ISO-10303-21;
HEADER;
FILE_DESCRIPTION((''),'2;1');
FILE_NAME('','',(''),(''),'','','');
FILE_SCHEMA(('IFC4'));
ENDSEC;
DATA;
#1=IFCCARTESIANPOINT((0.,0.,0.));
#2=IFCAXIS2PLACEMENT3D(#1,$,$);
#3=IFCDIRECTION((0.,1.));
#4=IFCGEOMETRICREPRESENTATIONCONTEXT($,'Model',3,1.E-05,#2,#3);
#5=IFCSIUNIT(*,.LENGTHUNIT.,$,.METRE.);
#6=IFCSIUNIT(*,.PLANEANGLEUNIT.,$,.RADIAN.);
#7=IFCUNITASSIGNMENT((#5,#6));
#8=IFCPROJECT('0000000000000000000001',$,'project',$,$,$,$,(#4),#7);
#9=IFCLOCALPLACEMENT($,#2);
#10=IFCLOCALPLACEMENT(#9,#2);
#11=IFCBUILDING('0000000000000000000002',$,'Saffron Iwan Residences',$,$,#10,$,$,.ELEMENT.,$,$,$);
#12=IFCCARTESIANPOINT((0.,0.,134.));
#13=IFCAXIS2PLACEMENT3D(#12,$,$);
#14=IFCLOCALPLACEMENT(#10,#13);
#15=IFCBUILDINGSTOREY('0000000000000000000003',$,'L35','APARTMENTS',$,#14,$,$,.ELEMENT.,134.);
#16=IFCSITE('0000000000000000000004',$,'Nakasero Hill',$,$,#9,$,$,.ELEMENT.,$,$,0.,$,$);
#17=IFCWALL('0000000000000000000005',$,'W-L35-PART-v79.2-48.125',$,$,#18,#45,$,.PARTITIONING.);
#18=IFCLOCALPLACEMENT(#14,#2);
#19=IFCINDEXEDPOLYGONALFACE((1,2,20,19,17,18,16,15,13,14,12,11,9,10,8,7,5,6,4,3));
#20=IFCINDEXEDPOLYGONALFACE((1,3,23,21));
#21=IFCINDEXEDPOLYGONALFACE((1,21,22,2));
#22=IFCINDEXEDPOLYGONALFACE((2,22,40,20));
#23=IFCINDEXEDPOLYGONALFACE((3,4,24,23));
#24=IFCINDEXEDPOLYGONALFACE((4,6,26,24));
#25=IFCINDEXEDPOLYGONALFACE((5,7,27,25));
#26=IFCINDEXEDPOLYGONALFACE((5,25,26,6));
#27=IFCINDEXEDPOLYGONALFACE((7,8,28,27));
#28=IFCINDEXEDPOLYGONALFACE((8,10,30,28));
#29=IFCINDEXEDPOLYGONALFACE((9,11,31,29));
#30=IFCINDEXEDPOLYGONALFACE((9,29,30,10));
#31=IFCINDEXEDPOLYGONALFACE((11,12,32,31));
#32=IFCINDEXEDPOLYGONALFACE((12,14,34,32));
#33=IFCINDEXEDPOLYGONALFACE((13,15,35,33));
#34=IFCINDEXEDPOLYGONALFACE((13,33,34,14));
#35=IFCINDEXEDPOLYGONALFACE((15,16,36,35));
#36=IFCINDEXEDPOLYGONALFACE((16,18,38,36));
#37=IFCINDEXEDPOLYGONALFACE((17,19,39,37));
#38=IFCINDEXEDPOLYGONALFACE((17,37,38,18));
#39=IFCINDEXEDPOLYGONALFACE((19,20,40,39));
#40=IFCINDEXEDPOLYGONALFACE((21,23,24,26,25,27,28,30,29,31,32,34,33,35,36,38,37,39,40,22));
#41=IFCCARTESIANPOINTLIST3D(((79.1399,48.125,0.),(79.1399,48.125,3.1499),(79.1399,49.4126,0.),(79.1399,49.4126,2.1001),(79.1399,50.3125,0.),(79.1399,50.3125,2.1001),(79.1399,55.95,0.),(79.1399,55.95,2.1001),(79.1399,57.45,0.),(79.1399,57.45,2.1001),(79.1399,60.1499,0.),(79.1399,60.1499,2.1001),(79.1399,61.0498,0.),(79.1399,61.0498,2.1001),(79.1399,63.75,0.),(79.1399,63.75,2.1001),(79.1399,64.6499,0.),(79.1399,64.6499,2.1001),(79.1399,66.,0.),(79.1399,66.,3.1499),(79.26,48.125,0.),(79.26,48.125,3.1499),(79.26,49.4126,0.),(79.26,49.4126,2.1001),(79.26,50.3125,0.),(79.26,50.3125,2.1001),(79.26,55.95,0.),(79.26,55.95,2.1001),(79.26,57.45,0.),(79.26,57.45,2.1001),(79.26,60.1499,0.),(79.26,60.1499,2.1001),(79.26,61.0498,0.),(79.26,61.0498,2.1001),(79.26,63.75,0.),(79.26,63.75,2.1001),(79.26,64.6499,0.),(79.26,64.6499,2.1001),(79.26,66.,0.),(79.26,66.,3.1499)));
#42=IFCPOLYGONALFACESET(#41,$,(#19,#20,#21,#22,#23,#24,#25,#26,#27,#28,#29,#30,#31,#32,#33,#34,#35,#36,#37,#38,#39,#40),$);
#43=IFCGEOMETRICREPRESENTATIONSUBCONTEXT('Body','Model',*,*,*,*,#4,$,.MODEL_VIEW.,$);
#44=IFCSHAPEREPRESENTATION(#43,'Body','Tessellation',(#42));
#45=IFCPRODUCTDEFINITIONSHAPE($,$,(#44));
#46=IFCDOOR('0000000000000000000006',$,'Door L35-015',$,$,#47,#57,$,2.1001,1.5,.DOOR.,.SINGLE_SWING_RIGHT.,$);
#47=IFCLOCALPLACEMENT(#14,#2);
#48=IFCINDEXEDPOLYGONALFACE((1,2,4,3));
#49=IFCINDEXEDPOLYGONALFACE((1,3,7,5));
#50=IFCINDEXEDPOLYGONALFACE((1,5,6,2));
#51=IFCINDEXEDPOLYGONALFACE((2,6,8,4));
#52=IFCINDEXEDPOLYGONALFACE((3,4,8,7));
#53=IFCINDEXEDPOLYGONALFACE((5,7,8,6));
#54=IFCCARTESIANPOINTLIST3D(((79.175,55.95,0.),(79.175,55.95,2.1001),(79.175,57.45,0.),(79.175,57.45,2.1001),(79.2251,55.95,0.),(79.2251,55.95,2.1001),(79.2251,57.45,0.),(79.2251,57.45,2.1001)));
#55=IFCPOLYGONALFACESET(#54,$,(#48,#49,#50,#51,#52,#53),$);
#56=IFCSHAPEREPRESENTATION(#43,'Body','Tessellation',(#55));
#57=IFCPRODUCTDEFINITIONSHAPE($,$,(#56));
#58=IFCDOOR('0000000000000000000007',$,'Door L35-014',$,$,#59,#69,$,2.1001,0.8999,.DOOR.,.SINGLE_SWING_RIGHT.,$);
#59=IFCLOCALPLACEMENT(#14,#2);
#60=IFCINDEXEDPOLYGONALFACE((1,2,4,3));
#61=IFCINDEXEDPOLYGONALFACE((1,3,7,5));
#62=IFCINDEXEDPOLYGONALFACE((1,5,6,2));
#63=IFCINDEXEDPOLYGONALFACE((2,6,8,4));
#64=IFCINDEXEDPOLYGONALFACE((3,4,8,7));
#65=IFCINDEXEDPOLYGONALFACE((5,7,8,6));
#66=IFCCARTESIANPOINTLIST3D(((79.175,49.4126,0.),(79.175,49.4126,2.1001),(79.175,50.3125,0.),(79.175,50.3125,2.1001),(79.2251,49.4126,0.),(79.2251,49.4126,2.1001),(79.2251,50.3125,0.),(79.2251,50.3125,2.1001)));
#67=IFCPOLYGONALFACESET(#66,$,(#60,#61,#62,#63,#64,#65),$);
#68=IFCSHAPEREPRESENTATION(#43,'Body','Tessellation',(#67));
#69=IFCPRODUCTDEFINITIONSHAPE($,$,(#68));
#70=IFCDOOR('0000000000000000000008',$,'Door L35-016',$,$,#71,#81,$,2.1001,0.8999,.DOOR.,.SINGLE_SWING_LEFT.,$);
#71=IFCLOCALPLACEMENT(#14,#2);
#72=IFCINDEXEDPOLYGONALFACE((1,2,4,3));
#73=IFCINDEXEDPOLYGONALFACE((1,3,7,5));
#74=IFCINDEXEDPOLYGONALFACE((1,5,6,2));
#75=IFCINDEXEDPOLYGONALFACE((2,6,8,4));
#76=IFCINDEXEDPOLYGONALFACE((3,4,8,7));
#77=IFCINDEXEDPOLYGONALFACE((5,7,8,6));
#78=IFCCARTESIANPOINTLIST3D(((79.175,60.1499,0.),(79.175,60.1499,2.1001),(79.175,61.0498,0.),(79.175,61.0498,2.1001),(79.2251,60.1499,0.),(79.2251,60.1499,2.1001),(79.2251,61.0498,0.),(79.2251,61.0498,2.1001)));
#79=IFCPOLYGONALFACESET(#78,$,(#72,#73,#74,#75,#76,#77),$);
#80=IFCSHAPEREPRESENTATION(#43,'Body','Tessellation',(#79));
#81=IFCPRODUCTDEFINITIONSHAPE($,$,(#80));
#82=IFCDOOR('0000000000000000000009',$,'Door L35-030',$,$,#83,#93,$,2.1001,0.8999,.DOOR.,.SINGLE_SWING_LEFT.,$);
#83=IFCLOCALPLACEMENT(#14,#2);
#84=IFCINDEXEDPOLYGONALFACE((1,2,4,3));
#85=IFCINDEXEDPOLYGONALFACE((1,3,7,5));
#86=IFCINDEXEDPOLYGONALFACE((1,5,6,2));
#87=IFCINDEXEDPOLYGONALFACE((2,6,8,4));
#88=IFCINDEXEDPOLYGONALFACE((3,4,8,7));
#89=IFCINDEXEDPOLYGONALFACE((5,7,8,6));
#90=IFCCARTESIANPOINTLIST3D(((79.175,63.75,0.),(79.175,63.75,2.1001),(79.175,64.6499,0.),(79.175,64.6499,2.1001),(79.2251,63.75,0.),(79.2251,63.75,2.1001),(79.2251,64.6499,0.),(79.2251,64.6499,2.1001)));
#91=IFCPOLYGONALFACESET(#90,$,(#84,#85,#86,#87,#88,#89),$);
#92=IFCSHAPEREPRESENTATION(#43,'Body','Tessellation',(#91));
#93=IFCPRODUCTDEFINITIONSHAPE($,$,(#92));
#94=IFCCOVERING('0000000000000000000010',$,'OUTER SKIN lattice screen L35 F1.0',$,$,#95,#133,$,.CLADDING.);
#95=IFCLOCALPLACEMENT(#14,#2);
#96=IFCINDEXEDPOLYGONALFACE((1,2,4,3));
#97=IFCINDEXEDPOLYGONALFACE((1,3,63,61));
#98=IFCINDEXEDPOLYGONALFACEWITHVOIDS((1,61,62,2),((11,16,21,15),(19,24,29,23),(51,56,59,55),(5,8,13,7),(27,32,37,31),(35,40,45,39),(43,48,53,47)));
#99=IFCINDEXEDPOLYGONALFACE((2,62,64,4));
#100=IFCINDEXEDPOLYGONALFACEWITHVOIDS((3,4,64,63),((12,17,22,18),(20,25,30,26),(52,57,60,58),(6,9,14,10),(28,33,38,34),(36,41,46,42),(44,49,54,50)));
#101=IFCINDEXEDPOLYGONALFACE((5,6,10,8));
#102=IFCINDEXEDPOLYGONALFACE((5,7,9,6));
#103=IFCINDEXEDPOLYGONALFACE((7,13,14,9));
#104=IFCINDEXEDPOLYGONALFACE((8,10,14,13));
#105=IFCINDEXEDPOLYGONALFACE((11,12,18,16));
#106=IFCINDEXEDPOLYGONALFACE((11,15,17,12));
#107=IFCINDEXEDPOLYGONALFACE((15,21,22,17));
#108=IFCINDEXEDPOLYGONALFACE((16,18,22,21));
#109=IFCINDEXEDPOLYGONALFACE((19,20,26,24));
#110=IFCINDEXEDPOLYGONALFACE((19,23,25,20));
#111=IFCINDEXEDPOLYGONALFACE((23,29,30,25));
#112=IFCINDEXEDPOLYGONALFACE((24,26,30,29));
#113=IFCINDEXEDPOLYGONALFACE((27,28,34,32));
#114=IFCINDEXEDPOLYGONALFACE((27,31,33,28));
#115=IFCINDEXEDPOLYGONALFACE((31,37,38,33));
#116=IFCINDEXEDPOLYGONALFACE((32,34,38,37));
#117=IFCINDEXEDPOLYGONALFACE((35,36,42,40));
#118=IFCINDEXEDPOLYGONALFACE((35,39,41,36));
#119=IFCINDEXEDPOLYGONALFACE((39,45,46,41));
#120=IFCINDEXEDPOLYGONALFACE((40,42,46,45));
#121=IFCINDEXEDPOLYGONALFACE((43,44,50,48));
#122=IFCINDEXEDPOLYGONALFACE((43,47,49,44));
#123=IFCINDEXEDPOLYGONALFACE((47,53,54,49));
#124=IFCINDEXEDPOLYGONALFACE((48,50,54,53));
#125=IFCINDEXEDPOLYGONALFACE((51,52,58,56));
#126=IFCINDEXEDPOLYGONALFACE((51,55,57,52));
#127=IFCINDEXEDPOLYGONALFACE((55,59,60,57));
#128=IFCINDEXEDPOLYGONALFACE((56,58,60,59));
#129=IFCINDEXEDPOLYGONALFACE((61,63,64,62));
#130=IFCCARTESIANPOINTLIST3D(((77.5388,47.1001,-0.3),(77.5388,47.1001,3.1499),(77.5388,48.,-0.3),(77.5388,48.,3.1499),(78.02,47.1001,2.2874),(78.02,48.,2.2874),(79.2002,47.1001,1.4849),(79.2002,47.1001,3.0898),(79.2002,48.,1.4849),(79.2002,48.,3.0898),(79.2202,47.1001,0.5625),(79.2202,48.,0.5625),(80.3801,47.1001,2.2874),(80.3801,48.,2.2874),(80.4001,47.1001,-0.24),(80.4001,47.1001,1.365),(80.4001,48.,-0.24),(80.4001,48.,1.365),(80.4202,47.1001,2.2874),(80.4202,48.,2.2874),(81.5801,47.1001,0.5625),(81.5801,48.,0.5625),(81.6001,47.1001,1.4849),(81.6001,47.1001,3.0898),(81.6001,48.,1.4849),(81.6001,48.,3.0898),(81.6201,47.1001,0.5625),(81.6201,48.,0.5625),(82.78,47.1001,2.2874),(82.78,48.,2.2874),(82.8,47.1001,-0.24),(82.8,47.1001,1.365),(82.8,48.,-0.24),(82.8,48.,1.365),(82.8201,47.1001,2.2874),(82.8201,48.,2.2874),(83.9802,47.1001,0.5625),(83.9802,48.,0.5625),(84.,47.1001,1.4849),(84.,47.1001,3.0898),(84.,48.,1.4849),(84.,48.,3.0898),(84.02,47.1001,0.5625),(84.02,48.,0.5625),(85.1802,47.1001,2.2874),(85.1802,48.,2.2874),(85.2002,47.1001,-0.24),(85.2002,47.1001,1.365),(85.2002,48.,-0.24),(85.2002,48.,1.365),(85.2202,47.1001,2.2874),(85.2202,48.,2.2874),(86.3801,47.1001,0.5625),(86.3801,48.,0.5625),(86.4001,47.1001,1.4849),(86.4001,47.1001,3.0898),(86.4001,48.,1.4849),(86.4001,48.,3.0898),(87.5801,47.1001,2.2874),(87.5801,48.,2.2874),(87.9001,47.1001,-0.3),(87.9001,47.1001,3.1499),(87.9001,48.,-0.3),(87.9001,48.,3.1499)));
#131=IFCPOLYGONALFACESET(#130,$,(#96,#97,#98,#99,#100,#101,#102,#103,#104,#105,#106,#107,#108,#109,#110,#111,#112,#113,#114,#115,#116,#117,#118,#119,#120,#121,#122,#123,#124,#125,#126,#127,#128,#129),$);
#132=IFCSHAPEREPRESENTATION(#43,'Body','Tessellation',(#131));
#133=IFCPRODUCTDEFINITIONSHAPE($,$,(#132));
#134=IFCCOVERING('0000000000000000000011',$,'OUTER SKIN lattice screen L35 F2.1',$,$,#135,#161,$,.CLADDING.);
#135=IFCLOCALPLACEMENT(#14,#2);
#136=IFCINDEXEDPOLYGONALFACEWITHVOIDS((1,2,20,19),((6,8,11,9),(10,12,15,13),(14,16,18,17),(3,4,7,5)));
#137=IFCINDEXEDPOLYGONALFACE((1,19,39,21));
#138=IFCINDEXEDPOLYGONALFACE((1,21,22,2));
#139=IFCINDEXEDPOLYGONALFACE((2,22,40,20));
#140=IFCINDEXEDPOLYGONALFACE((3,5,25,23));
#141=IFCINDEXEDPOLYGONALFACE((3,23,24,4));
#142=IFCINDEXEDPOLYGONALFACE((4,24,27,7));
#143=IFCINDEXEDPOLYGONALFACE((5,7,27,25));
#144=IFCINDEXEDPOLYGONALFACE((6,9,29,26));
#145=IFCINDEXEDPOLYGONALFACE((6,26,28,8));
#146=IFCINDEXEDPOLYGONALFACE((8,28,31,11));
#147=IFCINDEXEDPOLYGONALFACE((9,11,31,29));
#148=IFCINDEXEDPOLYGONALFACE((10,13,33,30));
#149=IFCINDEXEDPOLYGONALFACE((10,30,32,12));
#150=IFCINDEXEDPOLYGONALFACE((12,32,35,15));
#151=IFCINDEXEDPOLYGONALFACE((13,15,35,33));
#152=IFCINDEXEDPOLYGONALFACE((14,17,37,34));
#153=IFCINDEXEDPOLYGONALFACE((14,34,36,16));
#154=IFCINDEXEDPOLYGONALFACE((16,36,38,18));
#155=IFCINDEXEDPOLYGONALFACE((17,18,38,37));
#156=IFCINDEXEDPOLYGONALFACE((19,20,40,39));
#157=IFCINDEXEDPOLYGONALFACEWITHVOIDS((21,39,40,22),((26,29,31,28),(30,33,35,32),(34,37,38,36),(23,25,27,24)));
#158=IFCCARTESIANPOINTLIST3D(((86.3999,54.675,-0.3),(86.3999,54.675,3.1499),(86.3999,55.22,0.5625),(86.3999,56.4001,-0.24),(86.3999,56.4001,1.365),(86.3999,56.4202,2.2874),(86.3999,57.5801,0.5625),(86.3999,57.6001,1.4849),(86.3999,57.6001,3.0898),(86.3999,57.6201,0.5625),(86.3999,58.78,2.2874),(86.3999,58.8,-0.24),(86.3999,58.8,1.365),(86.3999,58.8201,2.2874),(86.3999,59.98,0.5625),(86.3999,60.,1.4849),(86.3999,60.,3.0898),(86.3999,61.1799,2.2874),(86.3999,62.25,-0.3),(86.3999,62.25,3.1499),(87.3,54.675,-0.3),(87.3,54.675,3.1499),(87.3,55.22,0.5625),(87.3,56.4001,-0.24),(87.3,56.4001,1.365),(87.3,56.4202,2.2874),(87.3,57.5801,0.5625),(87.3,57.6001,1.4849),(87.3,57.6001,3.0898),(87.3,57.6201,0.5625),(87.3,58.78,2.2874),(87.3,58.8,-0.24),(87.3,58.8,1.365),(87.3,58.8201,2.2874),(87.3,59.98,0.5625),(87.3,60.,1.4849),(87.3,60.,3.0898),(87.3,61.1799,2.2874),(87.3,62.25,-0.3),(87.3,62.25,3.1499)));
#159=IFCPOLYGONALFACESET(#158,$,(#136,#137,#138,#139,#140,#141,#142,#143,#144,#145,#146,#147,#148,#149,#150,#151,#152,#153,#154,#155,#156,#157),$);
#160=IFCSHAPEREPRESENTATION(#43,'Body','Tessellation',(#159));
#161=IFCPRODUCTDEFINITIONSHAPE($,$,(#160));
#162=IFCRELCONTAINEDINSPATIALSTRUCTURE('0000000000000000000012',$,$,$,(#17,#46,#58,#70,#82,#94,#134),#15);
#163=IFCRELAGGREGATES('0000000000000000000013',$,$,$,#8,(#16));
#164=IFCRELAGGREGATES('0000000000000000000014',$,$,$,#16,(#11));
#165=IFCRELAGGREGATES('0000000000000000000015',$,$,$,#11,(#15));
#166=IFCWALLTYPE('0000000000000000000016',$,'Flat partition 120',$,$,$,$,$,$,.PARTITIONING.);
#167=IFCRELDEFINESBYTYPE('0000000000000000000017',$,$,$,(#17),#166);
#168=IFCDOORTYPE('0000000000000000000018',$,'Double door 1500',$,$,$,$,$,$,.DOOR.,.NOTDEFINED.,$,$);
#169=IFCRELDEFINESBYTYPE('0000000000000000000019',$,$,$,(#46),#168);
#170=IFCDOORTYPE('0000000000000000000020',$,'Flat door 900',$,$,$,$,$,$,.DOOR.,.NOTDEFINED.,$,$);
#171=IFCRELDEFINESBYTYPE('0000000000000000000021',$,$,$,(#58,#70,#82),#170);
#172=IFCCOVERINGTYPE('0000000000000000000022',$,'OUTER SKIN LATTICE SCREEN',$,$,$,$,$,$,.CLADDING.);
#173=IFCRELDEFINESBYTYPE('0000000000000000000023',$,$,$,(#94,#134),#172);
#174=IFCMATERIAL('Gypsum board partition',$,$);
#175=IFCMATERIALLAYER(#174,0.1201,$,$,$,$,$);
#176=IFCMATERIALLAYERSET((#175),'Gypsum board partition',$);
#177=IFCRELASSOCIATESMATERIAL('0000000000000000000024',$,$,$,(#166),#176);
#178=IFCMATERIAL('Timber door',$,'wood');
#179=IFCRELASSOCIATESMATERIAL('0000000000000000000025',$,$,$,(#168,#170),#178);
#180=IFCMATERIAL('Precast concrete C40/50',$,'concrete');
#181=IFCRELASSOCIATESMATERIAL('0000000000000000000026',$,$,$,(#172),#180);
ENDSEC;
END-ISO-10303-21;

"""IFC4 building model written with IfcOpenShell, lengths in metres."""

from ifc_helpers import new_model, si_unit, direction, frame, frame_2d, origin, place, context, subcontext, project, spatial, polyline, rectangle, outline, extrude, material, layer, layer_set, type_object, element, fill, save


model = new_model("IFC4")

# Units and contexts
model_context = context("Model", 3, precision=1e-05, world=origin(), true_north=direction((0.0, 1.0)))
body_context = subcontext(model_context, "Body", "Model", "MODEL_VIEW")
ifc_project = project(units=[si_unit("LENGTHUNIT", "METRE"), si_unit("PLANEANGLEUNIT", "RADIAN")], contexts=[model_context])

# Site, building, storey
site_placement = place(None, origin())
site = spatial("IfcSite", under=ifc_project, at=site_placement, Name="Nakasero Hill", CompositionType="ELEMENT", RefElevation=0.0)
building_placement = place(site_placement, origin())
building = spatial("IfcBuilding", under=site, at=building_placement, Name="Saffron Iwan Residences", CompositionType="ELEMENT")
storey_placement = place(building_placement, frame((0.0, 0.0, 134.0)))
storey = spatial("IfcBuildingStorey", under=building, at=storey_placement, Name="L35", Description="APARTMENTS", CompositionType="ELEMENT", Elevation=134.0)

# Shared definitions
ifc_material_1 = material(Name="Gypsum board partition")
ifc_layer_1 = layer(ifc_material_1, 0.1201)
ifc_layer_set_1 = layer_set([ifc_layer_1], Name="Gypsum board partition")
wall_type_1 = type_object("IfcWallType", Name="Flat partition 120", PredefinedType="PARTITIONING", material=ifc_layer_set_1)

# Wall, openings, doors
wall_1_placement = place(storey_placement, frame((79.2, 48.125, 0.0), z_axis=(0.0, 0.0, 1.0), x_axis=(0.0, 1.0, 0.0)))
wall_1 = element("IfcWall", 1, at=wall_1_placement, inside=storey, type_object=wall_type_1, Name="W-L35-PART-v79.2-48.125", PredefinedType="PARTITIONING", context=body_context, shape_type="SweptSolid", body=[
    extrude(rectangle(XDim=17.875, YDim=0.1201, at=frame_2d((8.9375, 0.0))), origin(), (0.0, 0.0, 1.0), 3.1499),
])
opening_1_placement = place(wall_1_placement, frame((1.2876, 0.0, 0.0)))
opening_1 = element("IfcOpeningElement", 2, at=opening_1_placement, cuts=wall_1, PredefinedType="OPENING", context=body_context, shape_type="SweptSolid", body=[
    extrude(rectangle(XDim=0.8999, YDim=2.1001, at=frame_2d((0.45, 1.05))), frame((0.0, 0.0701, 0.0), z_axis=(0.0, -1.0, 0.0), x_axis=(1.0, 0.0, 0.0)), (0.0, 0.0, 1.0), 0.1401),
])
opening_2_placement = place(wall_1_placement, frame((7.825, 0.0, 0.0)))
opening_2 = element("IfcOpeningElement", 3, at=opening_2_placement, cuts=wall_1, PredefinedType="OPENING", context=body_context, shape_type="SweptSolid", body=[
    extrude(rectangle(XDim=1.5, YDim=2.1001, at=frame_2d((0.75, 1.05))), frame((0.0, 0.0701, 0.0), z_axis=(0.0, -1.0, 0.0), x_axis=(1.0, 0.0, 0.0)), (0.0, 0.0, 1.0), 0.1401),
])
opening_3_placement = place(wall_1_placement, frame((12.0249, 0.0, 0.0)))
opening_3 = element("IfcOpeningElement", 4, at=opening_3_placement, cuts=wall_1, PredefinedType="OPENING", context=body_context, shape_type="SweptSolid", body=[
    extrude(rectangle(XDim=0.8999, YDim=2.1001, at=frame_2d((0.45, 1.05))), frame((0.0, 0.0701, 0.0), z_axis=(0.0, -1.0, 0.0), x_axis=(1.0, 0.0, 0.0)), (0.0, 0.0, 1.0), 0.1401),
])
opening_4_placement = place(wall_1_placement, frame((15.625, 0.0, 0.0)))
opening_4 = element("IfcOpeningElement", 5, at=opening_4_placement, cuts=wall_1, PredefinedType="OPENING", context=body_context, shape_type="SweptSolid", body=[
    extrude(rectangle(XDim=0.8999, YDim=2.1001, at=frame_2d((0.45, 1.05))), frame((0.0, 0.0701, 0.0), z_axis=(0.0, -1.0, 0.0), x_axis=(1.0, 0.0, 0.0)), (0.0, 0.0, 1.0), 0.1401),
])
ifc_material_2 = material(Name="Timber door", Category="wood")
door_type_1 = type_object("IfcDoorType", Name="Double door 1500", OperationType="NOTDEFINED", PredefinedType="DOOR", material=ifc_material_2)
door_1_placement = place(opening_2_placement, origin())
door_1 = element("IfcDoor", 6, at=door_1_placement, inside=storey, type_object=door_type_1, Name="Door L35-015", OperationType="SINGLE_SWING_RIGHT", OverallHeight=2.1001, OverallWidth=1.5, PredefinedType="DOOR", context=body_context, shape_type="SweptSolid", body=[
    extrude(rectangle(XDim=1.5, YDim=2.1001, at=frame_2d((0.75, 1.05))), frame((0.0, 0.0249, 0.0), z_axis=(0.0, -1.0, 0.0), x_axis=(1.0, 0.0, 0.0)), (0.0, 0.0, 1.0), 0.05),
])
fill(opening_2, door_1)
door_type_2 = type_object("IfcDoorType", Name="Flat door 900", OperationType="NOTDEFINED", PredefinedType="DOOR", material=ifc_material_2)
door_2_placement = place(opening_1_placement, origin())
door_2 = element("IfcDoor", 7, at=door_2_placement, inside=storey, type_object=door_type_2, Name="Door L35-014", OperationType="SINGLE_SWING_RIGHT", OverallHeight=2.1001, OverallWidth=0.8999, PredefinedType="DOOR", context=body_context, shape_type="SweptSolid", body=[
    extrude(rectangle(XDim=0.8999, YDim=2.1001, at=frame_2d((0.45, 1.05))), frame((0.0, 0.0249, 0.0), z_axis=(0.0, -1.0, 0.0), x_axis=(1.0, 0.0, 0.0)), (0.0, 0.0, 1.0), 0.05),
])
fill(opening_1, door_2)
door_3_placement = place(opening_3_placement, origin())
door_3 = element("IfcDoor", 8, at=door_3_placement, inside=storey, type_object=door_type_2, Name="Door L35-016", OperationType="SINGLE_SWING_LEFT", OverallHeight=2.1001, OverallWidth=0.8999, PredefinedType="DOOR", context=body_context, shape_type="SweptSolid", body=[
    extrude(rectangle(XDim=0.8999, YDim=2.1001, at=frame_2d((0.45, 1.05))), frame((0.0, 0.0249, 0.0), z_axis=(0.0, -1.0, 0.0), x_axis=(1.0, 0.0, 0.0)), (0.0, 0.0, 1.0), 0.05),
])
fill(opening_3, door_3)
door_4_placement = place(opening_4_placement, origin())
door_4 = element("IfcDoor", 9, at=door_4_placement, inside=storey, type_object=door_type_2, Name="Door L35-030", OperationType="SINGLE_SWING_LEFT", OverallHeight=2.1001, OverallWidth=0.8999, PredefinedType="DOOR", context=body_context, shape_type="SweptSolid", body=[
    extrude(rectangle(XDim=0.8999, YDim=2.1001, at=frame_2d((0.45, 1.05))), frame((0.0, 0.0249, 0.0), z_axis=(0.0, -1.0, 0.0), x_axis=(1.0, 0.0, 0.0)), (0.0, 0.0, 1.0), 0.05),
])
fill(opening_4, door_4)

# Coverings
ifc_material_3 = material(Name="Precast concrete C40/50", Category="concrete")
covering_type = type_object("IfcCoveringType", Name="OUTER SKIN LATTICE SCREEN", PredefinedType="CLADDING", material=ifc_material_3)
covering_1_placement = place(storey_placement, frame((77.5388, 48.0, -0.3), z_axis=(0.0, -1.0, 0.0), x_axis=(1.0, 0.0, 0.0)))
element("IfcCovering", 10, at=covering_1_placement, inside=storey, type_object=covering_type, Name="OUTER SKIN lattice screen L35 F1.0", PredefinedType="CLADDING", context=body_context, shape_type="SweptSolid", body=[
    extrude(outline(polyline([(0.0, 0.0), (10.3613, 0.0), (10.3613, 3.45), (0.0, 3.45), (0.0, 0.0)]), holes=[polyline([(1.6814, 0.8625), (2.8613, 0.0601), (4.0413, 0.8625), (2.8613, 1.665), (1.6814, 0.8625)]), polyline([(4.0813, 0.8625), (5.2612, 0.0601), (6.4414, 0.8625), (5.2612, 1.665), (4.0813, 0.8625)]), polyline([(6.4812, 0.8625), (7.6614, 0.0601), (8.8413, 0.8625), (7.6614, 1.665), (6.4812, 0.8625)]), polyline([(0.4812, 2.5874), (1.6614, 1.7849), (2.8413, 2.5874), (1.6614, 3.3899), (0.4812, 2.5874)]), polyline([(2.8813, 2.5874), (4.0613, 1.7849), (5.2412, 2.5874), (4.0613, 3.3899), (2.8813, 2.5874)]), polyline([(5.2812, 2.5874), (6.4612, 1.7849), (7.6414, 2.5874), (6.4612, 3.3899), (5.2812, 2.5874)]), polyline([(7.6814, 2.5874), (8.8613, 1.7849), (10.0413, 2.5874), (8.8613, 3.3899), (7.6814, 2.5874)])]), origin(), (0.0, 0.0, 1.0), 0.8999),
])
covering_2_placement = place(storey_placement, frame((86.3999, 54.675, -0.3), z_axis=(1.0, 0.0, 0.0), x_axis=(0.0, 1.0, 0.0)))
element("IfcCovering", 11, at=covering_2_placement, inside=storey, type_object=covering_type, Name="OUTER SKIN lattice screen L35 F2.1", PredefinedType="CLADDING", context=body_context, shape_type="SweptSolid", body=[
    extrude(outline(polyline([(0.0, 0.0), (7.575, 0.0), (7.575, 3.45), (0.0, 3.45), (0.0, 0.0)]), holes=[polyline([(0.5449, 0.8625), (1.7251, 0.0601), (2.905, 0.8625), (1.7251, 1.665), (0.5449, 0.8625)]), polyline([(2.9451, 0.8625), (4.125, 0.0601), (5.3049, 0.8625), (4.125, 1.665), (2.9451, 0.8625)]), polyline([(1.7451, 2.5874), (2.925, 1.7849), (4.105, 2.5874), (2.925, 3.3899), (1.7451, 2.5874)]), polyline([(4.145, 2.5874), (5.325, 1.7849), (6.5049, 2.5874), (5.325, 3.3899), (4.145, 2.5874)])]), origin(), (0.0, 0.0, 1.0), 0.9001),
])

save(model, "model.ifc")
